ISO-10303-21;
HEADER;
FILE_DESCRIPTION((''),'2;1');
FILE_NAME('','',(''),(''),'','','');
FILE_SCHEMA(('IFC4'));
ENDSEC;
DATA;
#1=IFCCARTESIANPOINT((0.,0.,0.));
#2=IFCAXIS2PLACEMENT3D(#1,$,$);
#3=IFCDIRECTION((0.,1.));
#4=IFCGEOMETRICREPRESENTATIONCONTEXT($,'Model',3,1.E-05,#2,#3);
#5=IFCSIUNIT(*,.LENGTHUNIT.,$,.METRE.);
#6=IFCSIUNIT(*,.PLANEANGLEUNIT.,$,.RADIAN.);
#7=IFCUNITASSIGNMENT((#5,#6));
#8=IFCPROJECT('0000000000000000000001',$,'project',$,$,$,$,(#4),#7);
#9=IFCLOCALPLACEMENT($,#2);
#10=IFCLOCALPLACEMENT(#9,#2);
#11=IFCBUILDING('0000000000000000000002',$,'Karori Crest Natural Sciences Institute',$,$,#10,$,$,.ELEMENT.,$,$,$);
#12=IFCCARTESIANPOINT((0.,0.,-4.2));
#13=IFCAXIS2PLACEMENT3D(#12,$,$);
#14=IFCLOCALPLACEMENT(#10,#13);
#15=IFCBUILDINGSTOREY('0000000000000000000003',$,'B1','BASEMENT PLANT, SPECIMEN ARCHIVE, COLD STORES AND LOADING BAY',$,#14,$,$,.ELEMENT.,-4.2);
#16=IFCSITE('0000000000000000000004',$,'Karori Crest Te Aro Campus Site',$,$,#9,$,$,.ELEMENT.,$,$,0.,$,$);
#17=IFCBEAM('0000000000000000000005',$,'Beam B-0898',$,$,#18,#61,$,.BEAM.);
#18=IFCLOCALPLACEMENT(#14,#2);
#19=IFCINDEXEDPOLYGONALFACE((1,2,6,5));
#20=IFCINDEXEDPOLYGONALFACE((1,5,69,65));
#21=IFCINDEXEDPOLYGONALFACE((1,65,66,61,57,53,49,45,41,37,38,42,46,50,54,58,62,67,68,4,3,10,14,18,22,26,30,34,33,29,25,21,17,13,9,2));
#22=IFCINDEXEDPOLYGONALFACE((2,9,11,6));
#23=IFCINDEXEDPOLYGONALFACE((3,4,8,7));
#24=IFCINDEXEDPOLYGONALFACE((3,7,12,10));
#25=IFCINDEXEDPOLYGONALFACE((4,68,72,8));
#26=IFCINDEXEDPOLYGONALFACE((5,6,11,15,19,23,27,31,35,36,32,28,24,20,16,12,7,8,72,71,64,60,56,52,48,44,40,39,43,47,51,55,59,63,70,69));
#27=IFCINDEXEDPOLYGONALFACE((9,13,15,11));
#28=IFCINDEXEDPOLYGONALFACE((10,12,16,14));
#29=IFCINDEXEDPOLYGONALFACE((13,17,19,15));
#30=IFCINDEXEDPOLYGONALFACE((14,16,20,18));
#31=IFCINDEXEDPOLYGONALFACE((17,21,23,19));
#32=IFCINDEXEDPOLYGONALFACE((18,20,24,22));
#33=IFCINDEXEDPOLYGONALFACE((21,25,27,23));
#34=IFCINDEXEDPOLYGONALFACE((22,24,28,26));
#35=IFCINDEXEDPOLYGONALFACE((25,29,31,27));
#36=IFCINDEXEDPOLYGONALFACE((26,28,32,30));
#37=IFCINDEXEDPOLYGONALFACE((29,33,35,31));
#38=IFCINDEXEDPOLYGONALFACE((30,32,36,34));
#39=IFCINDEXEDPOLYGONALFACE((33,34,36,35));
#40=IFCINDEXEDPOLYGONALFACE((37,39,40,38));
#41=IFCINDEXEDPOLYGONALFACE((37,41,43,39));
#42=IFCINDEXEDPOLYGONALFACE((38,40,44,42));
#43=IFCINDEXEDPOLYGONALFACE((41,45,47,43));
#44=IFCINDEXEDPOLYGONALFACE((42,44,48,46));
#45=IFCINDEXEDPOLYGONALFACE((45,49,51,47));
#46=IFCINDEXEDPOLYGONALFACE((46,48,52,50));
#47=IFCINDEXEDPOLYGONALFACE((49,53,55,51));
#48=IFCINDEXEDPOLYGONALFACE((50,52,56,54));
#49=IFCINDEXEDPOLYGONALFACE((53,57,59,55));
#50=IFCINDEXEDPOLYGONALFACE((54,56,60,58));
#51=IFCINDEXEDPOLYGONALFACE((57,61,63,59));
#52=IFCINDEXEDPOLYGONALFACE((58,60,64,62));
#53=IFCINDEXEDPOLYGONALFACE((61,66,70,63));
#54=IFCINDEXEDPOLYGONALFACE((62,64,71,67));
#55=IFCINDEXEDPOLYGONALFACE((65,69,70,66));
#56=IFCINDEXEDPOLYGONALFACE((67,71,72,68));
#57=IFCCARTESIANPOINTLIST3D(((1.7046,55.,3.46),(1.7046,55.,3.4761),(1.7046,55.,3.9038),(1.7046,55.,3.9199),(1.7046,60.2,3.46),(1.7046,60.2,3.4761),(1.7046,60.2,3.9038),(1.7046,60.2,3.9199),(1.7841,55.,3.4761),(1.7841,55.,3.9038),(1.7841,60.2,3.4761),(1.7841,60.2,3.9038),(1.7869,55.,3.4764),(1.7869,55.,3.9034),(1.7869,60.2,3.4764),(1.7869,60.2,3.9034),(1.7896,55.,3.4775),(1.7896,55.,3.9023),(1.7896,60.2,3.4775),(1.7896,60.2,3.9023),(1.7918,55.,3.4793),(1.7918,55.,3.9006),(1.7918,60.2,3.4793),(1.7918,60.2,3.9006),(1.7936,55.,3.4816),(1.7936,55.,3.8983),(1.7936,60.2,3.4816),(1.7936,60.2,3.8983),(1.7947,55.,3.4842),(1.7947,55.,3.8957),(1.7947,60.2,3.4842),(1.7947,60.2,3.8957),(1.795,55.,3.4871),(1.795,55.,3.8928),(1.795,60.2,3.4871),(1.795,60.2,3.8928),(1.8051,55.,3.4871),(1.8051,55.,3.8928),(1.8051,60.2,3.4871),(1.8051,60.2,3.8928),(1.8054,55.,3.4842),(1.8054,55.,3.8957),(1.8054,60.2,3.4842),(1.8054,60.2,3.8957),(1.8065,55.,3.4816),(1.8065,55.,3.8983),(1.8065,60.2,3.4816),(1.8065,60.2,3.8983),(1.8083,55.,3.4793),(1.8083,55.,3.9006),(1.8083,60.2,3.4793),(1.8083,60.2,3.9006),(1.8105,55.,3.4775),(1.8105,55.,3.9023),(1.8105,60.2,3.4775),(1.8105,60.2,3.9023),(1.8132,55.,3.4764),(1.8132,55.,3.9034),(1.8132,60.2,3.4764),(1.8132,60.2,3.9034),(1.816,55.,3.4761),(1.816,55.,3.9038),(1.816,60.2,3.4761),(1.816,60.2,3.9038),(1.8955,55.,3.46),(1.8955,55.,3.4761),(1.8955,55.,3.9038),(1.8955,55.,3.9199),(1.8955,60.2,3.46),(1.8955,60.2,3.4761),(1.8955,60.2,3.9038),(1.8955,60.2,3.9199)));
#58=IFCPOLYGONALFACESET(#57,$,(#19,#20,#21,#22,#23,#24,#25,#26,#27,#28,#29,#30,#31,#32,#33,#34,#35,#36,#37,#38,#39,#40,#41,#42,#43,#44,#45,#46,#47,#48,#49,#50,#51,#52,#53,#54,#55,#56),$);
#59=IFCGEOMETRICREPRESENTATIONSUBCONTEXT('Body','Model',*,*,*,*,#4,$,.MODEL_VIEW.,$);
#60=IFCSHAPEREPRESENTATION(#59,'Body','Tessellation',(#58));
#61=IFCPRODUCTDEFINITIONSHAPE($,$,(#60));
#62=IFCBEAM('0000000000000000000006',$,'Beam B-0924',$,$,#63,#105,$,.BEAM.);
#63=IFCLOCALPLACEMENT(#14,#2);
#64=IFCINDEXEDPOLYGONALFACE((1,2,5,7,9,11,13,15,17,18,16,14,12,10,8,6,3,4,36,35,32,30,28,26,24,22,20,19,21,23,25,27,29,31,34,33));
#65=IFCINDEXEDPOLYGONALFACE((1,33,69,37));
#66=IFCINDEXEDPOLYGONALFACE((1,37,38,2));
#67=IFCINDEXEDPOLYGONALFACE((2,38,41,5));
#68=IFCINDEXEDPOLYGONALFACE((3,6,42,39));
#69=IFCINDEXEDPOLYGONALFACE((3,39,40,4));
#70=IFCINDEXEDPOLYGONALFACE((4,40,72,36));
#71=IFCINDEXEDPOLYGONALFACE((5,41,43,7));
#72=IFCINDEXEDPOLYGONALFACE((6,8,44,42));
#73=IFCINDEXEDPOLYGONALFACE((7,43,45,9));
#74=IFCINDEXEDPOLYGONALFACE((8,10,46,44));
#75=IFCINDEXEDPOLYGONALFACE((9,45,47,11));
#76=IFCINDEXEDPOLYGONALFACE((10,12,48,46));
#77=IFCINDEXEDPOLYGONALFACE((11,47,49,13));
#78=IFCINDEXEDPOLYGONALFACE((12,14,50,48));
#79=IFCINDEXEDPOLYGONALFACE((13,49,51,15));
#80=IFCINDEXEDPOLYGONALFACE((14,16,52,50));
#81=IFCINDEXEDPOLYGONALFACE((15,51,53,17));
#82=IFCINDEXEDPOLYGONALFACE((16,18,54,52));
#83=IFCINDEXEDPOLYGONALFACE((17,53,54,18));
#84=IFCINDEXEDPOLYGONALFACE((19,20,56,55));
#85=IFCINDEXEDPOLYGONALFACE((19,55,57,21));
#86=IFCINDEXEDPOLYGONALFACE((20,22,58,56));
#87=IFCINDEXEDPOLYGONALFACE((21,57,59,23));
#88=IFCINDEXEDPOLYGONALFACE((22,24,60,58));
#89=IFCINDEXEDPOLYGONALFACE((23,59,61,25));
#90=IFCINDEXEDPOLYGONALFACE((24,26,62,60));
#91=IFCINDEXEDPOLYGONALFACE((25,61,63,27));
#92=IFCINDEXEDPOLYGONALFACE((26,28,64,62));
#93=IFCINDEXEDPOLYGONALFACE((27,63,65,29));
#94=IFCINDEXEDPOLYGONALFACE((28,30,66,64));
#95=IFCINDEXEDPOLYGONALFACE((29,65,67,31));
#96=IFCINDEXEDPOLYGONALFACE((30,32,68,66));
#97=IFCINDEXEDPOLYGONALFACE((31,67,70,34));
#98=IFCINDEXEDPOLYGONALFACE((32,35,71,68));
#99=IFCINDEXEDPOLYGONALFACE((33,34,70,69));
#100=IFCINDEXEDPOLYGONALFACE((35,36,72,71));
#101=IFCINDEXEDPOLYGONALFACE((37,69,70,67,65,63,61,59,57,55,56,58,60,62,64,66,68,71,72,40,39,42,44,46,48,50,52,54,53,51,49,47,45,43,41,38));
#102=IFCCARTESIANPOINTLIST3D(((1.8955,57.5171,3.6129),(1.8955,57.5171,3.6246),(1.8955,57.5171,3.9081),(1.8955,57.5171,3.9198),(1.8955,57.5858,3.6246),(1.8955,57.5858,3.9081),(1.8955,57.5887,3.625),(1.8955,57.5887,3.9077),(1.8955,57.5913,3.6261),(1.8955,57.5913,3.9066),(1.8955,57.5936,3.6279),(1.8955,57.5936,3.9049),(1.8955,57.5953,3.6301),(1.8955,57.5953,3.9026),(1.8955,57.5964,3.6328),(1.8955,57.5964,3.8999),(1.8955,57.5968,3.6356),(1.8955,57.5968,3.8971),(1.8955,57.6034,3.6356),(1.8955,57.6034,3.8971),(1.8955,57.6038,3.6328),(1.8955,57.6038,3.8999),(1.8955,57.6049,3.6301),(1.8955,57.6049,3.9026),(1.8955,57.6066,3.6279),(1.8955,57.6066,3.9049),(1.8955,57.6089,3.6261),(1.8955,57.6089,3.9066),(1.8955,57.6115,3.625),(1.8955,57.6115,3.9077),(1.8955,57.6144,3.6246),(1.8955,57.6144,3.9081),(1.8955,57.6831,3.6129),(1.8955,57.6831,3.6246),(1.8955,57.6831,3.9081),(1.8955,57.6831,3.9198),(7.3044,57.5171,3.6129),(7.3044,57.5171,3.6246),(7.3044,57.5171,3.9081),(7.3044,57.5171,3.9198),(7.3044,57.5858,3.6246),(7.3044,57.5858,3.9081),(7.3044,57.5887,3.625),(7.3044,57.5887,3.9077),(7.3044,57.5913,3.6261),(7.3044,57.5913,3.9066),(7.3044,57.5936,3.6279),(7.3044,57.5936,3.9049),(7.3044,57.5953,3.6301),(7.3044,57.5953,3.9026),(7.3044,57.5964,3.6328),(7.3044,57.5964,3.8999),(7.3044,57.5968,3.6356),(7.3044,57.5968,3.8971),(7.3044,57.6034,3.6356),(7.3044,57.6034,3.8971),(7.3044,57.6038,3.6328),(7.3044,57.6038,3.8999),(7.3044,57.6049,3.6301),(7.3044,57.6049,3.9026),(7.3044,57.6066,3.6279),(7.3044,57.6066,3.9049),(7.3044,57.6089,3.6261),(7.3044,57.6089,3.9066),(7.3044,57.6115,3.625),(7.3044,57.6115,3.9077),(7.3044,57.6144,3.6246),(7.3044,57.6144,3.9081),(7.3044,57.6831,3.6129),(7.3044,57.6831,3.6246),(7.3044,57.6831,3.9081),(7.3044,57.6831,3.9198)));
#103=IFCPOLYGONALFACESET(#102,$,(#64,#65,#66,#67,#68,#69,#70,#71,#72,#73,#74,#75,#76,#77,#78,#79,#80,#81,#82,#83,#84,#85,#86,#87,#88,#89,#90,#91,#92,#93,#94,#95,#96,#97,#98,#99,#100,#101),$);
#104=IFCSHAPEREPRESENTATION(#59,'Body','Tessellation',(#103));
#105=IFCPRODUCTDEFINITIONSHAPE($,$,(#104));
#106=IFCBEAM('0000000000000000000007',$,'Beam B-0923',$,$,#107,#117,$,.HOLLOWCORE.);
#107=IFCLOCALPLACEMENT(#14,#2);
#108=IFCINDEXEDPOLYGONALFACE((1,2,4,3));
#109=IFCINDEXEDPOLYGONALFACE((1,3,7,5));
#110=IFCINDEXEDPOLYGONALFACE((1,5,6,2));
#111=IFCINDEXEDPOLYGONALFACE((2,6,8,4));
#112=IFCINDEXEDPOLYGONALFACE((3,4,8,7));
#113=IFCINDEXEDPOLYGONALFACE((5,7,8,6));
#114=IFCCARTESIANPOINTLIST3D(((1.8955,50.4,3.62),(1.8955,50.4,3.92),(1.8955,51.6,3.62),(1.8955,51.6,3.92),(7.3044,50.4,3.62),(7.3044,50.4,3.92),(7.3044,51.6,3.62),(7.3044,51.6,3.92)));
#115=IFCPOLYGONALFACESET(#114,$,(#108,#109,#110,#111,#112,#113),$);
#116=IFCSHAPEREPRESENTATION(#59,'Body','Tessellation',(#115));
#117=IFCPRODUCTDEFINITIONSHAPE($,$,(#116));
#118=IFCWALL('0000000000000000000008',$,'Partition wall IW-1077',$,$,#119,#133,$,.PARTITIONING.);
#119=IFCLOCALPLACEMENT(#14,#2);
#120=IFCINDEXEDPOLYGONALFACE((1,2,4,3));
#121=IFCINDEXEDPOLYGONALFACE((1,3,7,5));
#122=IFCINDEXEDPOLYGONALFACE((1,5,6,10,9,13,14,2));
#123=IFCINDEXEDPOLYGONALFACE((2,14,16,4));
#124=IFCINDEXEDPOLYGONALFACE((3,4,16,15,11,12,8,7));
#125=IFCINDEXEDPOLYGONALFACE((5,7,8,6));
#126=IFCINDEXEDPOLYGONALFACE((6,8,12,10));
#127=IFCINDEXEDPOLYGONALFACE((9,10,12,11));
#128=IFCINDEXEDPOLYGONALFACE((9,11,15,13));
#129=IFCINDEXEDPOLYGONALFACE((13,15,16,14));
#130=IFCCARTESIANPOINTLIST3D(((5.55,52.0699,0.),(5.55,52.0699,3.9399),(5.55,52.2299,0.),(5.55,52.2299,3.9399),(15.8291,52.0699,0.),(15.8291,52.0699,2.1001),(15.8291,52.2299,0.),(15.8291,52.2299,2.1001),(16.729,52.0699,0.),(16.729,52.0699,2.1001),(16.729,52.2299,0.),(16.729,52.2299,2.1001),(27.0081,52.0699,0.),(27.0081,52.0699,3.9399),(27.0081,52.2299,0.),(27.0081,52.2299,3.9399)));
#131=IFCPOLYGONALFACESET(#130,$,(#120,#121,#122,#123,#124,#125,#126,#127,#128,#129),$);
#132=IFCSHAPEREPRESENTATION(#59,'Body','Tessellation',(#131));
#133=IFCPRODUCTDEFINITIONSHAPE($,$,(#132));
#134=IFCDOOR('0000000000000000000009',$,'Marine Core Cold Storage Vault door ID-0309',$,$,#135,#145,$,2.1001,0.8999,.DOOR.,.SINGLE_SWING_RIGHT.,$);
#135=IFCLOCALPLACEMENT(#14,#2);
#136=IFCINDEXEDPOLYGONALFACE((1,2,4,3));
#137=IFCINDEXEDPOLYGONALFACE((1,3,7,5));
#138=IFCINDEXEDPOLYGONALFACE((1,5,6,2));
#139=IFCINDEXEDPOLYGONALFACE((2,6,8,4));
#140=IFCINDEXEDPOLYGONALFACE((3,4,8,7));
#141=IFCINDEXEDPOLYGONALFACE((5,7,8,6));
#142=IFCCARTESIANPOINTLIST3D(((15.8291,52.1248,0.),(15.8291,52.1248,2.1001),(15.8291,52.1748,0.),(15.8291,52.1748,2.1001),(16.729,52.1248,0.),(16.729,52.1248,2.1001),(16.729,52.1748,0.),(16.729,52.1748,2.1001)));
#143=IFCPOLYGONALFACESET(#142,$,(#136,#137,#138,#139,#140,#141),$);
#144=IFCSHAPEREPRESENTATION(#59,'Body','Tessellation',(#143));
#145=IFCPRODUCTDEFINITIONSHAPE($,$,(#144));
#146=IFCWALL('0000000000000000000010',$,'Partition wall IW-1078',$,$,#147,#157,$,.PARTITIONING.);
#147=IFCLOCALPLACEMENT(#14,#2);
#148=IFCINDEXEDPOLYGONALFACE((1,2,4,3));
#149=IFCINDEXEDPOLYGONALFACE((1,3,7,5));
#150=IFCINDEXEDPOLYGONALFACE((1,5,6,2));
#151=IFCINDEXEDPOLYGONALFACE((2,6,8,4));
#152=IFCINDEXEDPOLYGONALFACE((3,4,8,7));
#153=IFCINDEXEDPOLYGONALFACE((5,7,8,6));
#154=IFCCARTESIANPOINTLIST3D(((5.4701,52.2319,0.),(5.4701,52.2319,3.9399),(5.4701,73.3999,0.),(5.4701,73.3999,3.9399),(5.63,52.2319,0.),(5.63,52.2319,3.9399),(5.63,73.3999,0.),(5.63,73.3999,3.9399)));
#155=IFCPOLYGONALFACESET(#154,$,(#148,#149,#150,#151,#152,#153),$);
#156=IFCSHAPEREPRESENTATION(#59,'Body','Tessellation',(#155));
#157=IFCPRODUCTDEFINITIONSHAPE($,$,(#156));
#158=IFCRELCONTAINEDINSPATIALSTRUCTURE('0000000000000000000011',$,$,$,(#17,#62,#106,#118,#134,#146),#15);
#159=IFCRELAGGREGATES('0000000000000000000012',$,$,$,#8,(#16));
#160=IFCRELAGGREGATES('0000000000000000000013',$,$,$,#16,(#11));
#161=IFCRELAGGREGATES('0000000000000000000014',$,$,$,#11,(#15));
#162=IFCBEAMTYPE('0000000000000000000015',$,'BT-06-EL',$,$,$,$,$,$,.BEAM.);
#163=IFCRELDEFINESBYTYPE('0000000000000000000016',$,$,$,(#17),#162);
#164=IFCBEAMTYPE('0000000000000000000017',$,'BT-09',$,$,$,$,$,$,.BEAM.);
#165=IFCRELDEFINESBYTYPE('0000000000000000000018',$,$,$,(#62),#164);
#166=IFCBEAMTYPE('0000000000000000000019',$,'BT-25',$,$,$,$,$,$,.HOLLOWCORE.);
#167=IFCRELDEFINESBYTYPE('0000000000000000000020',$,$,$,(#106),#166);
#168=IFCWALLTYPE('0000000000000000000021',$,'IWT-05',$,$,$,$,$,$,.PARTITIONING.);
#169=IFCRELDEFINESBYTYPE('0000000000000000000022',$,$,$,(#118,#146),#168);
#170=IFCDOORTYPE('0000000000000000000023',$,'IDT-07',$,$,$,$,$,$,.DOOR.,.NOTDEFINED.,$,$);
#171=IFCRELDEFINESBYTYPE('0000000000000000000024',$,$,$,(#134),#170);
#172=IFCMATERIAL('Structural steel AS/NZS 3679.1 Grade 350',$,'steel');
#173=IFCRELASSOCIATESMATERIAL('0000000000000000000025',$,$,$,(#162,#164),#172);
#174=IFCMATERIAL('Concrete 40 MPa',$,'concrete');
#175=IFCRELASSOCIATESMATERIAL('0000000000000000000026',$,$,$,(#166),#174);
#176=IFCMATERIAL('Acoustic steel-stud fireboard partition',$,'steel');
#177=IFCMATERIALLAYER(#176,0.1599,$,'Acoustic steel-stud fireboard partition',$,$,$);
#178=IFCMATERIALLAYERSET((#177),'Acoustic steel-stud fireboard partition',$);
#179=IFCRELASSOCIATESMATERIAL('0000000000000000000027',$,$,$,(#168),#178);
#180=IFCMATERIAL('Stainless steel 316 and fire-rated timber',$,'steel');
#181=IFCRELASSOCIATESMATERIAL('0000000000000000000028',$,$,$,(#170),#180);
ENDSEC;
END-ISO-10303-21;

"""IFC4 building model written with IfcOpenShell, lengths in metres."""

from ifc_helpers import new_model, si_unit, direction, frame, frame_2d, origin, origin_2d, place, context, subcontext, project, spatial, rectangle, i_section, extrude, material, layer, layer_set, material_profile, profile_set, type_object, element, fill, save


model = new_model("IFC4")

# Units and contexts
model_context = context("Model", 3, precision=1e-05, world=origin(), true_north=direction((0.0, 1.0)))
body_context = subcontext(model_context, "Body", "Model", "MODEL_VIEW")
ifc_project = project(units=[si_unit("LENGTHUNIT", "METRE"), si_unit("PLANEANGLEUNIT", "RADIAN")], contexts=[model_context])

# Site, building, storey
site_placement = place(None, origin())
site = spatial("IfcSite", under=ifc_project, at=site_placement, Name="Karori Crest Te Aro Campus Site", CompositionType="ELEMENT", RefElevation=0.0)
building_placement = place(site_placement, origin())
building = spatial("IfcBuilding", under=site, at=building_placement, Name="Karori Crest Natural Sciences Institute", CompositionType="ELEMENT")
storey_placement = place(building_placement, frame((0.0, 0.0, -4.2)))
storey = spatial("IfcBuildingStorey", under=building, at=storey_placement, Name="B1", Description="BASEMENT PLANT, SPECIMEN ARCHIVE, COLD STORES AND LOADING BAY", CompositionType="ELEMENT", Elevation=-4.2)

# Shared definitions
ifc_material_1 = material(Name="Concrete 40 MPa", Category="concrete")

# Shared definitions
ifc_material_2 = material(Name="Structural steel AS/NZS 3679.1 Grade 350", Category="steel")

# Beams
ifc_material_profile_1 = material_profile(ifc_material_2, i_section(OverallWidth=0.1909, OverallDepth=0.46, WebThickness=0.01, FlangeThickness=0.0161, FilletRadius=0.011, at=origin_2d()), Name="460UB82.1")
ifc_profile_set_1 = profile_set([ifc_material_profile_1], Name="Structural steel AS/NZS 3679.1 Grade 350")
beam_type_1 = type_object("IfcBeamType", Name="BT-06-EL", PredefinedType="BEAM", material=ifc_profile_set_1)
beam_1_placement = place(storey_placement, frame((1.8, 55.0, 3.6899), z_axis=(0.0, 1.0, 0.0), x_axis=(-1.0, 0.0, 0.0)))
element("IfcBeam", 1, at=beam_1_placement, inside=storey, type_object=beam_type_1, Name="Beam B-0898", PredefinedType="BEAM", context=body_context, shape_type="SweptSolid", body=[
    extrude(i_section(OverallWidth=0.1909, OverallDepth=0.46, WebThickness=0.01, FlangeThickness=0.0161, FilletRadius=0.011, at=origin_2d()), origin(), (0.0, 0.0, 1.0), 5.2),
])
ifc_material_profile_2 = material_profile(ifc_material_2, i_section(OverallWidth=0.166, OverallDepth=0.3069, WebThickness=0.0066, FlangeThickness=0.0117, FilletRadius=0.011, at=origin_2d()), Name="310UB46.2")
ifc_profile_set_2 = profile_set([ifc_material_profile_2], Name="Structural steel AS/NZS 3679.1 Grade 350")
beam_type_2 = type_object("IfcBeamType", Name="BT-09", PredefinedType="BEAM", material=ifc_profile_set_2)
beam_2_placement = place(storey_placement, frame((1.8955, 57.6001, 3.7664), z_axis=(1.0, 0.0, 0.0), x_axis=(0.0, 1.0, 0.0)))
element("IfcBeam", 2, at=beam_2_placement, inside=storey, type_object=beam_type_2, Name="Beam B-0924", PredefinedType="BEAM", context=body_context, shape_type="SweptSolid", body=[
    extrude(i_section(OverallWidth=0.166, OverallDepth=0.3069, WebThickness=0.0066, FlangeThickness=0.0117, FilletRadius=0.011, at=origin_2d()), origin(), (0.0, 0.0, 1.0), 5.4089),
])
ifc_material_profile_3 = material_profile(ifc_material_1, rectangle(XDim=1.2, YDim=0.3, at=origin_2d()), Name="HCP1200x300")
ifc_profile_set_3 = profile_set([ifc_material_profile_3], Name="Concrete 40 MPa")
beam_type_3 = type_object("IfcBeamType", Name="BT-25", PredefinedType="HOLLOWCORE", material=ifc_profile_set_3)
beam_3_placement = place(storey_placement, frame((1.8955, 51.0, 3.77), z_axis=(1.0, 0.0, 0.0), x_axis=(0.0, 1.0, 0.0)))
element("IfcBeam", 3, at=beam_3_placement, inside=storey, type_object=beam_type_3, Name="Beam B-0923", PredefinedType="HOLLOWCORE", context=body_context, shape_type="SweptSolid", body=[
    extrude(rectangle(XDim=1.2, YDim=0.3, at=origin_2d()), origin(), (0.0, 0.0, 1.0), 5.4089),
])

# Wall, opening, door
ifc_material_3 = material(Name="Acoustic steel-stud fireboard partition", Category="steel")
ifc_layer = layer(ifc_material_3, 0.1599, Name="Acoustic steel-stud fireboard partition")
ifc_layer_set = layer_set([ifc_layer], Name="Acoustic steel-stud fireboard partition")
wall_type = type_object("IfcWallType", Name="IWT-05", PredefinedType="PARTITIONING", material=ifc_layer_set)
wall_1_placement = place(storey_placement, frame((5.55, 52.1499, 0.0), z_axis=(0.0, 0.0, 1.0), x_axis=(1.0, 0.0, 0.0)))
wall_1 = element("IfcWall", 4, at=wall_1_placement, inside=storey, type_object=wall_type, Name="Partition wall IW-1077", PredefinedType="PARTITIONING", context=body_context, shape_type="SweptSolid", body=[
    extrude(rectangle(XDim=21.458, YDim=0.1599, at=frame_2d((10.729, 0.0))), origin(), (0.0, 0.0, 1.0), 3.9399),
])
opening_placement = place(wall_1_placement, frame((10.2791, 0.0, 0.0)))
opening = element("IfcOpeningElement", 5, at=opening_placement, cuts=wall_1, PredefinedType="OPENING", context=body_context, shape_type="SweptSolid", body=[
    extrude(rectangle(XDim=0.8999, YDim=2.1001, at=frame_2d((0.45, 1.05))), frame((0.0, 0.0898, 0.0), z_axis=(0.0, -1.0, 0.0), x_axis=(1.0, 0.0, 0.0)), (0.0, 0.0, 1.0), 0.1799),
])
ifc_material_4 = material(Name="Stainless steel 316 and fire-rated timber", Category="steel")
door_type = type_object("IfcDoorType", Name="IDT-07", OperationType="NOTDEFINED", PredefinedType="DOOR", material=ifc_material_4)
door_placement = place(opening_placement, origin())
door = element("IfcDoor", 6, at=door_placement, inside=storey, type_object=door_type, Name="Marine Core Cold Storage Vault door ID-0309", OperationType="SINGLE_SWING_RIGHT", OverallHeight=2.1001, OverallWidth=0.8999, PredefinedType="DOOR", context=body_context, shape_type="SweptSolid", body=[
    extrude(rectangle(XDim=0.8999, YDim=2.1001, at=frame_2d((0.45, 1.05))), frame((0.0, 0.0249, 0.0), z_axis=(0.0, -1.0, 0.0), x_axis=(1.0, 0.0, 0.0)), (0.0, 0.0, 1.0), 0.05),
])
fill(opening, door)

# Wall
wall_2_placement = place(storey_placement, frame((5.55, 52.2319, 0.0), z_axis=(0.0, 0.0, 1.0), x_axis=(0.0, 1.0, 0.0)))
element("IfcWall", 7, at=wall_2_placement, inside=storey, type_object=wall_type, Name="Partition wall IW-1078", PredefinedType="PARTITIONING", context=body_context, shape_type="SweptSolid", body=[
    extrude(rectangle(XDim=21.168, YDim=0.1599, at=frame_2d((10.584, 0.0))), origin(), (0.0, 0.0, 1.0), 3.9399),
])

save(model, "model.ifc")
